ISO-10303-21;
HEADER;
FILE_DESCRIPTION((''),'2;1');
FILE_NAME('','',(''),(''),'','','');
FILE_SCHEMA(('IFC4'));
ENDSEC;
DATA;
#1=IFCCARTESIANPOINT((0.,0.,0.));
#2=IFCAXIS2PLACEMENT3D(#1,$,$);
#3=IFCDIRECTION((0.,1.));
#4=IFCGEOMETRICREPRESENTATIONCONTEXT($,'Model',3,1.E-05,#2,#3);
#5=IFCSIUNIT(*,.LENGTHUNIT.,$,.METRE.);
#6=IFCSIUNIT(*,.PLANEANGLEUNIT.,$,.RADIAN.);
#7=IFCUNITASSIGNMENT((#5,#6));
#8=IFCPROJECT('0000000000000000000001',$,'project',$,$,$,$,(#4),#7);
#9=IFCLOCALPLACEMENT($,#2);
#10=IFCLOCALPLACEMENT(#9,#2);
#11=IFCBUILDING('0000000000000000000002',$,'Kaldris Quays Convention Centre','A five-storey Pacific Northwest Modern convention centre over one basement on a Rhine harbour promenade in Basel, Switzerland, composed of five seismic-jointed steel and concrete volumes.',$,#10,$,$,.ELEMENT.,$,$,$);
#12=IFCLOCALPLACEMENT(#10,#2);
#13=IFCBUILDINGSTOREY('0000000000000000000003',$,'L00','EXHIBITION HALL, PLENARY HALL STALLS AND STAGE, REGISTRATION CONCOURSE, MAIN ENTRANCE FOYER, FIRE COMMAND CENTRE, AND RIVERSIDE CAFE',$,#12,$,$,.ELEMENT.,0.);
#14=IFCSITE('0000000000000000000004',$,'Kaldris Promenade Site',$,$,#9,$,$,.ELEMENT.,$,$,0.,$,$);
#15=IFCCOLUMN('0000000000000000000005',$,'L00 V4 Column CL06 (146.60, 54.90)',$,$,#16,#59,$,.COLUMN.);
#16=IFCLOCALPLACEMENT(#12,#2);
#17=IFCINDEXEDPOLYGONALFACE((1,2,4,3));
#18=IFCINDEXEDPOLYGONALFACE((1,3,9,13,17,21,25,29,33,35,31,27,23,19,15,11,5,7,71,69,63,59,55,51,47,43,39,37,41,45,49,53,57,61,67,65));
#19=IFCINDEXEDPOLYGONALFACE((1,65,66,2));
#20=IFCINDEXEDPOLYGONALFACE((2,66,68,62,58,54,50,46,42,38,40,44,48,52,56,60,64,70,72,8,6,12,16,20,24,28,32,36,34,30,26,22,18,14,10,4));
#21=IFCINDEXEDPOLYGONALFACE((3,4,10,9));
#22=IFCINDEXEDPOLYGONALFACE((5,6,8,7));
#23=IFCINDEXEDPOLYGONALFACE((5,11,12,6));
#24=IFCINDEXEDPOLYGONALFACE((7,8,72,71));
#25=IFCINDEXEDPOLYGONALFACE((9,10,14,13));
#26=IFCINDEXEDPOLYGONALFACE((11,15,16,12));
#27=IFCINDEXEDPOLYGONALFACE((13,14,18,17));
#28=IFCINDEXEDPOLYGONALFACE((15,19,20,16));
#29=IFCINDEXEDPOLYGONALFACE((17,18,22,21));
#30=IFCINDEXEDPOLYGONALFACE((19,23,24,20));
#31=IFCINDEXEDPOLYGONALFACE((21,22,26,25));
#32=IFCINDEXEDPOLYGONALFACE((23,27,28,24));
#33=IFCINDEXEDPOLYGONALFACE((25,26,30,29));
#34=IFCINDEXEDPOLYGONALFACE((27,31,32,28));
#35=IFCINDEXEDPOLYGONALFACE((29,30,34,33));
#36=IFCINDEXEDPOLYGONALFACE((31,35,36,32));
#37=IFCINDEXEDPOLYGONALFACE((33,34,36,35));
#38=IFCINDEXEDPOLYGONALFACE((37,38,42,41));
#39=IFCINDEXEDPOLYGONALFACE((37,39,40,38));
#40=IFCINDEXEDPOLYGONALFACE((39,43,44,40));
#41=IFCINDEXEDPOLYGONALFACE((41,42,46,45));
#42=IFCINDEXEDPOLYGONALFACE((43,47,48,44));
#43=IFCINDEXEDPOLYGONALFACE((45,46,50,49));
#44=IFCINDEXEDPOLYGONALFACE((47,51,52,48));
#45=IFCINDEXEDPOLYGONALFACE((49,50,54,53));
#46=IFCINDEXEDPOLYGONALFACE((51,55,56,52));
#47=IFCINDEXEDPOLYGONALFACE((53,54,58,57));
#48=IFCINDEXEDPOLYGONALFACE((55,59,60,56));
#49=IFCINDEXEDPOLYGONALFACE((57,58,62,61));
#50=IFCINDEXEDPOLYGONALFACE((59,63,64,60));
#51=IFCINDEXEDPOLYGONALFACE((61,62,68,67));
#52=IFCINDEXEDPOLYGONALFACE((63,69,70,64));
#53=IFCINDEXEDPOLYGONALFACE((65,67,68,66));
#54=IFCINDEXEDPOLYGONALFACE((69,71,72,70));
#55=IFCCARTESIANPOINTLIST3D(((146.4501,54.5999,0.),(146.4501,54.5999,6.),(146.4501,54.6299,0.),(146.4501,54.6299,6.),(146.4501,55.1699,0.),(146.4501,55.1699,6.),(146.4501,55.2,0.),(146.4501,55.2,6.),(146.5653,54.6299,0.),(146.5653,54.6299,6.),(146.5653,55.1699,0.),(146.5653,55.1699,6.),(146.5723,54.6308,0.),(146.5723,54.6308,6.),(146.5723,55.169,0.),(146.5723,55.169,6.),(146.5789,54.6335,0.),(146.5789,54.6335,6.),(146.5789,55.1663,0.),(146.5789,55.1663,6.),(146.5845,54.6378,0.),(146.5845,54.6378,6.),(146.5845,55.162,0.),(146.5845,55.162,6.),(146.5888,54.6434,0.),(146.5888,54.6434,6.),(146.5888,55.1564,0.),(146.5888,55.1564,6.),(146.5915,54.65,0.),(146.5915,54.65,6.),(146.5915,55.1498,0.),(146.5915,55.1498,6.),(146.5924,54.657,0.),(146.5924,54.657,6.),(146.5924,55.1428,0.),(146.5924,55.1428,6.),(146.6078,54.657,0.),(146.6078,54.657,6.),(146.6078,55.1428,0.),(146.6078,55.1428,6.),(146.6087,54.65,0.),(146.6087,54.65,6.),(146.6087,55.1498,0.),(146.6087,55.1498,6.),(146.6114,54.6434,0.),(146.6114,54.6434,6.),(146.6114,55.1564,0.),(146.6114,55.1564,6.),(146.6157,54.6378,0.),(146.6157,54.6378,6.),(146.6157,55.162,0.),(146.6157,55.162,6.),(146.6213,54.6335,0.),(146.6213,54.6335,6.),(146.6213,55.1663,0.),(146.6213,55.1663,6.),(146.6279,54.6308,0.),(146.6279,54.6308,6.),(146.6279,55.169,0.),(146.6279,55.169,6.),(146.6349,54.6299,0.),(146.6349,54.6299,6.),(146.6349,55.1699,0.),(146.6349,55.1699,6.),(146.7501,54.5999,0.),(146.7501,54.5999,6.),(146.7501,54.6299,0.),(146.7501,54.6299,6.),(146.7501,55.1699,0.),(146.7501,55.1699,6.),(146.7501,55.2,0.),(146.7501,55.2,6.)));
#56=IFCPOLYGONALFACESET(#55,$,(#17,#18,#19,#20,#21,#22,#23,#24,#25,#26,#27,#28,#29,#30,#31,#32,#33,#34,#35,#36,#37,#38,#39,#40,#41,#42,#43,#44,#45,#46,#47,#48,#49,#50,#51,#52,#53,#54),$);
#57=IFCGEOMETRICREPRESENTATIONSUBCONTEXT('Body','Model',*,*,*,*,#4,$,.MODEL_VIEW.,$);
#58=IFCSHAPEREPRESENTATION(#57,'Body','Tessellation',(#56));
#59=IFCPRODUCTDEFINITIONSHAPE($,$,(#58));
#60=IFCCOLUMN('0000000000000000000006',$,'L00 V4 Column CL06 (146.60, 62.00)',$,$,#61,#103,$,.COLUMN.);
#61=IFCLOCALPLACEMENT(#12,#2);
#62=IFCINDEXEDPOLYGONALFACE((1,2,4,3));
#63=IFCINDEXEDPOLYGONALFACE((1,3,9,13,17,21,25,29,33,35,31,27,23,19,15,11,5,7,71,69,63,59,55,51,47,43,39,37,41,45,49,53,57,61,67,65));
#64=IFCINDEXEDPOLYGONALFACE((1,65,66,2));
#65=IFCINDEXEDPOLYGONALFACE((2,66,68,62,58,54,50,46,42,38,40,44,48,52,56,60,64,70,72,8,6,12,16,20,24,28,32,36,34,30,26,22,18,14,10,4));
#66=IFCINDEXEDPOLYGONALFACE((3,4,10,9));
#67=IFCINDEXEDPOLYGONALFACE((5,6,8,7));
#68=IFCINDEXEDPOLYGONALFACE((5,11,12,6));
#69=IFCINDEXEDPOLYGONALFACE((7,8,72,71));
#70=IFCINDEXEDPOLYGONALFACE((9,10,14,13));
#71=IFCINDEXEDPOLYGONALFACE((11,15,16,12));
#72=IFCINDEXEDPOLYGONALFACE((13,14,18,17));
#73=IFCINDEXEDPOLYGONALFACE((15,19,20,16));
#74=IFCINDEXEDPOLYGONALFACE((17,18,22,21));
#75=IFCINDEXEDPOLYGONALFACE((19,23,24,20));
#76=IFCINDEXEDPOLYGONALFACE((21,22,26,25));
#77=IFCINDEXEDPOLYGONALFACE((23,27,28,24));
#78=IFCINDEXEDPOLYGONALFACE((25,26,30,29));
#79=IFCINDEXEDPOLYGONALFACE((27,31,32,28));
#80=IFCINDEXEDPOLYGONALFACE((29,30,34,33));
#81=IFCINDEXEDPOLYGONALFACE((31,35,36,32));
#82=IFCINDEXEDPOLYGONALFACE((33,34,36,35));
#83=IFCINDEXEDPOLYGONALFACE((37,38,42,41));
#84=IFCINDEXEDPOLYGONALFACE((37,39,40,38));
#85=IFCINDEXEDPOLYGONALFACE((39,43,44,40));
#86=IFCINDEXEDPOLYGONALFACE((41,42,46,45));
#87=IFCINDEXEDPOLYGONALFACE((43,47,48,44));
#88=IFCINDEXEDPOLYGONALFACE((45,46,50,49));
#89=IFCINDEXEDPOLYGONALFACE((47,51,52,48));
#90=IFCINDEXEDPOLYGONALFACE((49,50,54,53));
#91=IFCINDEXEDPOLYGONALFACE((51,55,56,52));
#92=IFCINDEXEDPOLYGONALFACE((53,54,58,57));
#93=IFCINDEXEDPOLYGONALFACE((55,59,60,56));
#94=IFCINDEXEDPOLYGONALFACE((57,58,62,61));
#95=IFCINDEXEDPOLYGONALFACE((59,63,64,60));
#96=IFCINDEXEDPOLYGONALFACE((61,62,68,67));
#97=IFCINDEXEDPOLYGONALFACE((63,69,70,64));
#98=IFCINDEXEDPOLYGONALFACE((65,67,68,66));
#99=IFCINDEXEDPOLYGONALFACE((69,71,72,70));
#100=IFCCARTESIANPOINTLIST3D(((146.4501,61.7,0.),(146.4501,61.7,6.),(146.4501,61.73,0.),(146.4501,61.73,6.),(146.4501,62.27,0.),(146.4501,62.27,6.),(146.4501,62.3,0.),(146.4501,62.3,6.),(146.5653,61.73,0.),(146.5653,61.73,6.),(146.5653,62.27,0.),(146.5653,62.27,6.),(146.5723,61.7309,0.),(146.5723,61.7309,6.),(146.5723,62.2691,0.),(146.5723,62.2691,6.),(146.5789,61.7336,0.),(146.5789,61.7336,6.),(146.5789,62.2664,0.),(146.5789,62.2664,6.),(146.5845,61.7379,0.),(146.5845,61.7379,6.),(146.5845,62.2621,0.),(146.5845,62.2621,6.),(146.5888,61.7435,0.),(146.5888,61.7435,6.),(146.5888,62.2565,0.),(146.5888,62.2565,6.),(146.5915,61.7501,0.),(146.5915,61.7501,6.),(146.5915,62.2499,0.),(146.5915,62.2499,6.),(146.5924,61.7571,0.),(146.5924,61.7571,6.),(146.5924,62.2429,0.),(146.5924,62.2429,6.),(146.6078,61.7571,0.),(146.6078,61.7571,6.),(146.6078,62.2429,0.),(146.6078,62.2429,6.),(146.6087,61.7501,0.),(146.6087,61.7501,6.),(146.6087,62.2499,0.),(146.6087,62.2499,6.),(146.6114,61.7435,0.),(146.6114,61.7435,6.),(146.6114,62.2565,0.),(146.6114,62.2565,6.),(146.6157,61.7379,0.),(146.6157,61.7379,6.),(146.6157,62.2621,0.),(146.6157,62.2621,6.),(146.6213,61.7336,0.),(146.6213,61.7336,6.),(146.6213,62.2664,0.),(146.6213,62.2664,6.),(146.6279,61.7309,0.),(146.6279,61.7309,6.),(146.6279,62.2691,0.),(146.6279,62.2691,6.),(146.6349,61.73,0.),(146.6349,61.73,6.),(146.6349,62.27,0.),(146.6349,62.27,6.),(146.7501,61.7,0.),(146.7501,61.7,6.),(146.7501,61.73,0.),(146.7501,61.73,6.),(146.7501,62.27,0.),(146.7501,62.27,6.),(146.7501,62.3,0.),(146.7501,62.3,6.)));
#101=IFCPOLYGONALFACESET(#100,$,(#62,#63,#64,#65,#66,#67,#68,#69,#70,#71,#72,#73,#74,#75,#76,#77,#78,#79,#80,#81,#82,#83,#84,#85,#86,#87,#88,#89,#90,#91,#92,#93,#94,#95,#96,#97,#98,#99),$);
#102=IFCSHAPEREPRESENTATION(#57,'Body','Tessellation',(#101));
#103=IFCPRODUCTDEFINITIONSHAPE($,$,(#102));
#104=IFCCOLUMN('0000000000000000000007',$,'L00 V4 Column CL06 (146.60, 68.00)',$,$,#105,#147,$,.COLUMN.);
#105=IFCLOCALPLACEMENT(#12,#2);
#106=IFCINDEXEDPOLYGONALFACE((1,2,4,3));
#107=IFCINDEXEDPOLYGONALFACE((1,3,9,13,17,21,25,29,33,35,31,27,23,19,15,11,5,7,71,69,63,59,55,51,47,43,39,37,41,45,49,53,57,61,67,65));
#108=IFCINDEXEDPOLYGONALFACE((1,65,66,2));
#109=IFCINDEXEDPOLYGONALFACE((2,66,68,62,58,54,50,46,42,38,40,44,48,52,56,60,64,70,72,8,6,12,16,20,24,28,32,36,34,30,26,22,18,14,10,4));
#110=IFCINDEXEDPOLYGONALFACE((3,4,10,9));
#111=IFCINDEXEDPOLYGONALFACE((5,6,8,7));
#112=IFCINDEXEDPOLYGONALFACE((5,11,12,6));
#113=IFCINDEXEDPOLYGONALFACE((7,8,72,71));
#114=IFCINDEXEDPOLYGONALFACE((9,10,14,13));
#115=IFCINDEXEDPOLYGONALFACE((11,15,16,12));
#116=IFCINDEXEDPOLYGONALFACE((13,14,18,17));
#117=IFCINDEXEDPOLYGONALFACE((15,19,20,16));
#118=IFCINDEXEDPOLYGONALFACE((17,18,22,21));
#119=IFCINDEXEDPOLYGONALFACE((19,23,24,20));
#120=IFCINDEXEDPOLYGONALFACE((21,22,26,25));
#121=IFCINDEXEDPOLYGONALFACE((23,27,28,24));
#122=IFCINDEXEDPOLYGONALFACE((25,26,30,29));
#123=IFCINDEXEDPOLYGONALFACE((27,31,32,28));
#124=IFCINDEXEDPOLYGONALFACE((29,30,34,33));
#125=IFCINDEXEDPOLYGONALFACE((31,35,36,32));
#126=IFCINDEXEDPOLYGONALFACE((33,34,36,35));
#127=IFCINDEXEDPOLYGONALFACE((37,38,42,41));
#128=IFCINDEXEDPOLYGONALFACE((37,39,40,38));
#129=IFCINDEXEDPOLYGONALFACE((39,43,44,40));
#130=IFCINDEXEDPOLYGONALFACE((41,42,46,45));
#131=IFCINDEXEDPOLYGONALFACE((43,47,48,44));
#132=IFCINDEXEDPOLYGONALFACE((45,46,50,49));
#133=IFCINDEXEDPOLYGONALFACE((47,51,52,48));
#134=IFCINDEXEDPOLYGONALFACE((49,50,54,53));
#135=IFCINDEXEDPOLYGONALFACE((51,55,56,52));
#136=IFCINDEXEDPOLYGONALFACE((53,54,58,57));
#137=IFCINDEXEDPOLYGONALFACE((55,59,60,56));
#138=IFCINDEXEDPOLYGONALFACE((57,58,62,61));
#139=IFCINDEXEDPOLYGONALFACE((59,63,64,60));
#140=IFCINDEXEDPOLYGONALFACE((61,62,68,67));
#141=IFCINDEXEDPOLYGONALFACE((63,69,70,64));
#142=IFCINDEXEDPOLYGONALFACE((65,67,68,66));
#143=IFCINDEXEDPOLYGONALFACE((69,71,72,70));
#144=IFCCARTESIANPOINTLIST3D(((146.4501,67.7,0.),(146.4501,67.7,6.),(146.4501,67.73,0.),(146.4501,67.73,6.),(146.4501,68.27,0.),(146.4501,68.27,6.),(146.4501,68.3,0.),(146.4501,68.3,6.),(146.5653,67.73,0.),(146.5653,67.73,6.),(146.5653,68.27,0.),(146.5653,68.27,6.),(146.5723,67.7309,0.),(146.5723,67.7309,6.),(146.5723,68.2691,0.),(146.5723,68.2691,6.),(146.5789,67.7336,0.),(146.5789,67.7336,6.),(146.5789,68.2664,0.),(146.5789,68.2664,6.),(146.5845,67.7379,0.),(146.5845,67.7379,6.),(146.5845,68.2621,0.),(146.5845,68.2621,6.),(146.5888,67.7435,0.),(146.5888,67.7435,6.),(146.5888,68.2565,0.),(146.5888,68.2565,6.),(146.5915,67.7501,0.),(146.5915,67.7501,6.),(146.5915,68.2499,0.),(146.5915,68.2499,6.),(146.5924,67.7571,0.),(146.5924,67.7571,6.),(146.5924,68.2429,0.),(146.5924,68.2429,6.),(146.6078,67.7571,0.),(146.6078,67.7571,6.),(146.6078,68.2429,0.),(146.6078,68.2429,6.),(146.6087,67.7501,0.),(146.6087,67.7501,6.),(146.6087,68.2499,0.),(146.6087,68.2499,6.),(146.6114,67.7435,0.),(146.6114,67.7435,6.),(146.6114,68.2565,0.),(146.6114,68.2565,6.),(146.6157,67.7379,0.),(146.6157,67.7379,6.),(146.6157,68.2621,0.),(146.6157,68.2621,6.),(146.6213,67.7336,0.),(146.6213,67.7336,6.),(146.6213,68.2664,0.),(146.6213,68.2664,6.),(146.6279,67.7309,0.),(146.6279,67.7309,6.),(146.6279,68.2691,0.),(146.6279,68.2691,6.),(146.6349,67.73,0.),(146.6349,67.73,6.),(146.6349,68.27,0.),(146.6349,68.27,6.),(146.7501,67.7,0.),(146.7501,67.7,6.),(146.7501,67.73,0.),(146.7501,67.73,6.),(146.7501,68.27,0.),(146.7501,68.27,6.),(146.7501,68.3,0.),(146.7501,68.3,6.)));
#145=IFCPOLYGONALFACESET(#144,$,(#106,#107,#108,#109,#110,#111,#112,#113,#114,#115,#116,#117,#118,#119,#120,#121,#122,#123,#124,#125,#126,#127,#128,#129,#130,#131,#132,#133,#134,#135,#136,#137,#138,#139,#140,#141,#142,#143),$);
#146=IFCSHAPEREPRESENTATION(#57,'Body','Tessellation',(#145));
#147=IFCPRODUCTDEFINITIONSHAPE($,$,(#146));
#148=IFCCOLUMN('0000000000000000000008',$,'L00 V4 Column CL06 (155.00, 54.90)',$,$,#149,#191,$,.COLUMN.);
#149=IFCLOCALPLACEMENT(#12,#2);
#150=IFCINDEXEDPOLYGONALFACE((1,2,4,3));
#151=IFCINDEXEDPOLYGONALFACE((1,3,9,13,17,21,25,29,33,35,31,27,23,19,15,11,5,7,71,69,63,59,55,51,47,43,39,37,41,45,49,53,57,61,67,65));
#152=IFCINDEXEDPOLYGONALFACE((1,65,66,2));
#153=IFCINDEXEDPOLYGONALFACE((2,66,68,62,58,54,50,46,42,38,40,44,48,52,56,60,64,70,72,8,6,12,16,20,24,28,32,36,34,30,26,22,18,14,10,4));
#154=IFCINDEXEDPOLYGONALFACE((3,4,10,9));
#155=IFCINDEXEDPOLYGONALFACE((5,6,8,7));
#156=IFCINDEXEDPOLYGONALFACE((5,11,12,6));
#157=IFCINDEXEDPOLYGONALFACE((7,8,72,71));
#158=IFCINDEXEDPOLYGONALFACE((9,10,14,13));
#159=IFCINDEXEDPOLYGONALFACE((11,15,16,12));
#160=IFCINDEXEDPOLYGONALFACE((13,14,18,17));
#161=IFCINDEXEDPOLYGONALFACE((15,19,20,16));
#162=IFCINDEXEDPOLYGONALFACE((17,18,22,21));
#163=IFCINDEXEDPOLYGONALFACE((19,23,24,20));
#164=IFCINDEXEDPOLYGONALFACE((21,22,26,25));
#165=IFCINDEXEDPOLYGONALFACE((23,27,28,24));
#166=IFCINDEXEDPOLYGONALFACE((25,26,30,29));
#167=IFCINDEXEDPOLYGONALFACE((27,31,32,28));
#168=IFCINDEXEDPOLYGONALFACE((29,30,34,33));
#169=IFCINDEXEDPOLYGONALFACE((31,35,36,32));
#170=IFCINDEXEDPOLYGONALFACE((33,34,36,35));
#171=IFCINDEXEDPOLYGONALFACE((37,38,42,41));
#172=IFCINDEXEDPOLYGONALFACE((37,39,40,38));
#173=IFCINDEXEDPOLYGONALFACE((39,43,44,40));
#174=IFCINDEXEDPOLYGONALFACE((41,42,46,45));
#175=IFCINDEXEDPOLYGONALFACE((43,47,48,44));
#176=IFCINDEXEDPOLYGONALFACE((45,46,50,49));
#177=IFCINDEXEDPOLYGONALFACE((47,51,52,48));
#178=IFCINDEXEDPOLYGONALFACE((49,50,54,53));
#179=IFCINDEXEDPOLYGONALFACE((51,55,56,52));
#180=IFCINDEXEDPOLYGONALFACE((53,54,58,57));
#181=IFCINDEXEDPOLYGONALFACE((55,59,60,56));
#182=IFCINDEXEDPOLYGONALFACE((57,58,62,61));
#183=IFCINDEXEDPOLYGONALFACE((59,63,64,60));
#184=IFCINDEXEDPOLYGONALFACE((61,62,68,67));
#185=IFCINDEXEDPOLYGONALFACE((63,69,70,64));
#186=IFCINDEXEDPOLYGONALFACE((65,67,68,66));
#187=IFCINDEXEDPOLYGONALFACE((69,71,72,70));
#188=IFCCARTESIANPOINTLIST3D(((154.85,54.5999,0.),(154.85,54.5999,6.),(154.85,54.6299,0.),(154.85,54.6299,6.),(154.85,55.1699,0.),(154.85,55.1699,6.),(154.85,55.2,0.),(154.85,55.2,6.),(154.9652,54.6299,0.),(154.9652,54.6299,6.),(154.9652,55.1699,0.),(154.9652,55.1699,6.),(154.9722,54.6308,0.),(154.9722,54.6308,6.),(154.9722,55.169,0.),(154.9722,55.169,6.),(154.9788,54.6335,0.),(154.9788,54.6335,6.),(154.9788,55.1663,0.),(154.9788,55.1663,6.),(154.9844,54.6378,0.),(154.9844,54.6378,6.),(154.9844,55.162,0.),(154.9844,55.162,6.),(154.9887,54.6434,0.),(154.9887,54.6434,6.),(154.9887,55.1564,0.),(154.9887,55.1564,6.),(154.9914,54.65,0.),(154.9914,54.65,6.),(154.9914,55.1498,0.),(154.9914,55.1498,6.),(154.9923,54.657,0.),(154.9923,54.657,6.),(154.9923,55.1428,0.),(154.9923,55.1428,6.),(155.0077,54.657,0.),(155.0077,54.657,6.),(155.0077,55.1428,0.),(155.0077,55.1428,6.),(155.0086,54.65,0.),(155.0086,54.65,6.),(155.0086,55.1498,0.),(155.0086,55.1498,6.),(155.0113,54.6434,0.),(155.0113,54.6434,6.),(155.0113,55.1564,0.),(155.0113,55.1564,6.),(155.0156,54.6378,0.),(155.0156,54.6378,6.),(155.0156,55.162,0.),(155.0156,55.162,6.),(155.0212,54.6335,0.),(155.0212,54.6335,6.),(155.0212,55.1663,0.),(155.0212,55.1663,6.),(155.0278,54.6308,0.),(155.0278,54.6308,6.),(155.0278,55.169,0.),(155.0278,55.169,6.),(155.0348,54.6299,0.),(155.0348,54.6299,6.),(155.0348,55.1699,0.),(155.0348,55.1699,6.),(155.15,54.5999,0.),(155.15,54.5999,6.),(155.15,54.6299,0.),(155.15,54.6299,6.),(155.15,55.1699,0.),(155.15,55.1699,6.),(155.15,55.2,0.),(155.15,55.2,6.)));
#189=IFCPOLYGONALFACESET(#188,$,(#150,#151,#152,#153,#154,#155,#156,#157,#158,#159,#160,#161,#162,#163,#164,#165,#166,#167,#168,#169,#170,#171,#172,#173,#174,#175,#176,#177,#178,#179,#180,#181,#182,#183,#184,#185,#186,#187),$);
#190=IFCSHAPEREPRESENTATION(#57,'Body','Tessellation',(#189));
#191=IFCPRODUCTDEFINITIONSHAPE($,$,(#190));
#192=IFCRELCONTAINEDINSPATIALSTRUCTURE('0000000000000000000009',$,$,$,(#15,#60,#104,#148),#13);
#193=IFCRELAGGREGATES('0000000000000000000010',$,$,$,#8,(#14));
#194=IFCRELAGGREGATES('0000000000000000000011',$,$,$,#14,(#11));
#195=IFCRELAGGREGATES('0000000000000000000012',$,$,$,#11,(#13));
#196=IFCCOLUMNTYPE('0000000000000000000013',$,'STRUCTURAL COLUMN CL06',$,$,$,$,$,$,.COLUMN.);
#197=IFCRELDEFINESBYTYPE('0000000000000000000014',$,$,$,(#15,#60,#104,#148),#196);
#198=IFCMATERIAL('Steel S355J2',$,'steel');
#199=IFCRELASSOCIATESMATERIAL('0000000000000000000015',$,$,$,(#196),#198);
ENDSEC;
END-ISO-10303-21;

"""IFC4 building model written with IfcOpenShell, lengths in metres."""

from ifc_helpers import new_model, si_unit, direction, frame, origin, origin_2d, place, context, subcontext, project, spatial, i_section, extrude, material, material_profile, profile_set, type_object, element, save


model = new_model("IFC4")

# Units and contexts
model_context = context("Model", 3, precision=1e-05, world=origin(), true_north=direction((0.0, 1.0)))
body_context = subcontext(model_context, "Body", "Model", "MODEL_VIEW")
ifc_project = project(units=[si_unit("LENGTHUNIT", "METRE"), si_unit("PLANEANGLEUNIT", "RADIAN")], contexts=[model_context])

# Site, building, storey
site_placement = place(None, origin())
site = spatial("IfcSite", under=ifc_project, at=site_placement, Name="Kaldris Promenade Site", CompositionType="ELEMENT", RefElevation=0.0)
building_placement = place(site_placement, origin())
building = spatial("IfcBuilding", under=site, at=building_placement, Name="Kaldris Quays Convention Centre", Description="A five-storey Pacific Northwest Modern convention centre over one basement on a Rhine harbour promenade in Basel, Switzerland, composed of five seismic-jointed steel and concrete volumes.", CompositionType="ELEMENT")
storey_placement = place(building_placement, origin())
storey = spatial("IfcBuildingStorey", under=building, at=storey_placement, Name="L00", Description="EXHIBITION HALL, PLENARY HALL STALLS AND STAGE, REGISTRATION CONCOURSE, MAIN ENTRANCE FOYER, FIRE COMMAND CENTRE, AND RIVERSIDE CAFE", CompositionType="ELEMENT", Elevation=0.0)

# Columns
ifc_material_1 = material(Name="Steel S355J2", Category="steel")
ifc_material_profile_1 = material_profile(ifc_material_1, i_section(OverallWidth=0.3, OverallDepth=0.6001, WebThickness=0.0154, FlangeThickness=0.03, FilletRadius=0.0271, at=origin_2d()), Name="HEB 600")
ifc_profile_set_1 = profile_set([ifc_material_profile_1], Name="Steel S355J2")
column_type = type_object("IfcColumnType", Name="STRUCTURAL COLUMN CL06", PredefinedType="COLUMN", material=ifc_profile_set_1)
for number, where, z_axis, x_axis, name in (
    (1, (146.6001, 54.8999, 0.0), (0.0, 0.0, 1.0), (1.0, 0.0, 0.0), "L00 V4 Column CL06 (146.60, 54.90)"),
    (2, (146.6001, 62.0, 0.0), (0.0, 0.0, 1.0), (1.0, 0.0, 0.0), "L00 V4 Column CL06 (146.60, 62.00)"),
    (3, (146.6001, 68.0, 0.0), (0.0, 0.0, 1.0), (1.0, 0.0, 0.0), "L00 V4 Column CL06 (146.60, 68.00)"),
    (4, (155.0, 54.8999, 0.0), (0.0, 0.0, 1.0), (1.0, 0.0, 0.0), "L00 V4 Column CL06 (155.00, 54.90)"),
):
    element("IfcColumn", number, at=place(storey_placement, frame(where, z_axis=z_axis, x_axis=x_axis)), inside=storey, type_object=column_type, Name=name, PredefinedType="COLUMN", context=body_context, shape_type="SweptSolid", body=[
        extrude(i_section(OverallWidth=0.3, OverallDepth=0.6001, WebThickness=0.0154, FlangeThickness=0.03, FilletRadius=0.0271, at=origin_2d()), origin(), (0.0, 0.0, 1.0), 6.0),
    ])

save(model, "model.ifc")
